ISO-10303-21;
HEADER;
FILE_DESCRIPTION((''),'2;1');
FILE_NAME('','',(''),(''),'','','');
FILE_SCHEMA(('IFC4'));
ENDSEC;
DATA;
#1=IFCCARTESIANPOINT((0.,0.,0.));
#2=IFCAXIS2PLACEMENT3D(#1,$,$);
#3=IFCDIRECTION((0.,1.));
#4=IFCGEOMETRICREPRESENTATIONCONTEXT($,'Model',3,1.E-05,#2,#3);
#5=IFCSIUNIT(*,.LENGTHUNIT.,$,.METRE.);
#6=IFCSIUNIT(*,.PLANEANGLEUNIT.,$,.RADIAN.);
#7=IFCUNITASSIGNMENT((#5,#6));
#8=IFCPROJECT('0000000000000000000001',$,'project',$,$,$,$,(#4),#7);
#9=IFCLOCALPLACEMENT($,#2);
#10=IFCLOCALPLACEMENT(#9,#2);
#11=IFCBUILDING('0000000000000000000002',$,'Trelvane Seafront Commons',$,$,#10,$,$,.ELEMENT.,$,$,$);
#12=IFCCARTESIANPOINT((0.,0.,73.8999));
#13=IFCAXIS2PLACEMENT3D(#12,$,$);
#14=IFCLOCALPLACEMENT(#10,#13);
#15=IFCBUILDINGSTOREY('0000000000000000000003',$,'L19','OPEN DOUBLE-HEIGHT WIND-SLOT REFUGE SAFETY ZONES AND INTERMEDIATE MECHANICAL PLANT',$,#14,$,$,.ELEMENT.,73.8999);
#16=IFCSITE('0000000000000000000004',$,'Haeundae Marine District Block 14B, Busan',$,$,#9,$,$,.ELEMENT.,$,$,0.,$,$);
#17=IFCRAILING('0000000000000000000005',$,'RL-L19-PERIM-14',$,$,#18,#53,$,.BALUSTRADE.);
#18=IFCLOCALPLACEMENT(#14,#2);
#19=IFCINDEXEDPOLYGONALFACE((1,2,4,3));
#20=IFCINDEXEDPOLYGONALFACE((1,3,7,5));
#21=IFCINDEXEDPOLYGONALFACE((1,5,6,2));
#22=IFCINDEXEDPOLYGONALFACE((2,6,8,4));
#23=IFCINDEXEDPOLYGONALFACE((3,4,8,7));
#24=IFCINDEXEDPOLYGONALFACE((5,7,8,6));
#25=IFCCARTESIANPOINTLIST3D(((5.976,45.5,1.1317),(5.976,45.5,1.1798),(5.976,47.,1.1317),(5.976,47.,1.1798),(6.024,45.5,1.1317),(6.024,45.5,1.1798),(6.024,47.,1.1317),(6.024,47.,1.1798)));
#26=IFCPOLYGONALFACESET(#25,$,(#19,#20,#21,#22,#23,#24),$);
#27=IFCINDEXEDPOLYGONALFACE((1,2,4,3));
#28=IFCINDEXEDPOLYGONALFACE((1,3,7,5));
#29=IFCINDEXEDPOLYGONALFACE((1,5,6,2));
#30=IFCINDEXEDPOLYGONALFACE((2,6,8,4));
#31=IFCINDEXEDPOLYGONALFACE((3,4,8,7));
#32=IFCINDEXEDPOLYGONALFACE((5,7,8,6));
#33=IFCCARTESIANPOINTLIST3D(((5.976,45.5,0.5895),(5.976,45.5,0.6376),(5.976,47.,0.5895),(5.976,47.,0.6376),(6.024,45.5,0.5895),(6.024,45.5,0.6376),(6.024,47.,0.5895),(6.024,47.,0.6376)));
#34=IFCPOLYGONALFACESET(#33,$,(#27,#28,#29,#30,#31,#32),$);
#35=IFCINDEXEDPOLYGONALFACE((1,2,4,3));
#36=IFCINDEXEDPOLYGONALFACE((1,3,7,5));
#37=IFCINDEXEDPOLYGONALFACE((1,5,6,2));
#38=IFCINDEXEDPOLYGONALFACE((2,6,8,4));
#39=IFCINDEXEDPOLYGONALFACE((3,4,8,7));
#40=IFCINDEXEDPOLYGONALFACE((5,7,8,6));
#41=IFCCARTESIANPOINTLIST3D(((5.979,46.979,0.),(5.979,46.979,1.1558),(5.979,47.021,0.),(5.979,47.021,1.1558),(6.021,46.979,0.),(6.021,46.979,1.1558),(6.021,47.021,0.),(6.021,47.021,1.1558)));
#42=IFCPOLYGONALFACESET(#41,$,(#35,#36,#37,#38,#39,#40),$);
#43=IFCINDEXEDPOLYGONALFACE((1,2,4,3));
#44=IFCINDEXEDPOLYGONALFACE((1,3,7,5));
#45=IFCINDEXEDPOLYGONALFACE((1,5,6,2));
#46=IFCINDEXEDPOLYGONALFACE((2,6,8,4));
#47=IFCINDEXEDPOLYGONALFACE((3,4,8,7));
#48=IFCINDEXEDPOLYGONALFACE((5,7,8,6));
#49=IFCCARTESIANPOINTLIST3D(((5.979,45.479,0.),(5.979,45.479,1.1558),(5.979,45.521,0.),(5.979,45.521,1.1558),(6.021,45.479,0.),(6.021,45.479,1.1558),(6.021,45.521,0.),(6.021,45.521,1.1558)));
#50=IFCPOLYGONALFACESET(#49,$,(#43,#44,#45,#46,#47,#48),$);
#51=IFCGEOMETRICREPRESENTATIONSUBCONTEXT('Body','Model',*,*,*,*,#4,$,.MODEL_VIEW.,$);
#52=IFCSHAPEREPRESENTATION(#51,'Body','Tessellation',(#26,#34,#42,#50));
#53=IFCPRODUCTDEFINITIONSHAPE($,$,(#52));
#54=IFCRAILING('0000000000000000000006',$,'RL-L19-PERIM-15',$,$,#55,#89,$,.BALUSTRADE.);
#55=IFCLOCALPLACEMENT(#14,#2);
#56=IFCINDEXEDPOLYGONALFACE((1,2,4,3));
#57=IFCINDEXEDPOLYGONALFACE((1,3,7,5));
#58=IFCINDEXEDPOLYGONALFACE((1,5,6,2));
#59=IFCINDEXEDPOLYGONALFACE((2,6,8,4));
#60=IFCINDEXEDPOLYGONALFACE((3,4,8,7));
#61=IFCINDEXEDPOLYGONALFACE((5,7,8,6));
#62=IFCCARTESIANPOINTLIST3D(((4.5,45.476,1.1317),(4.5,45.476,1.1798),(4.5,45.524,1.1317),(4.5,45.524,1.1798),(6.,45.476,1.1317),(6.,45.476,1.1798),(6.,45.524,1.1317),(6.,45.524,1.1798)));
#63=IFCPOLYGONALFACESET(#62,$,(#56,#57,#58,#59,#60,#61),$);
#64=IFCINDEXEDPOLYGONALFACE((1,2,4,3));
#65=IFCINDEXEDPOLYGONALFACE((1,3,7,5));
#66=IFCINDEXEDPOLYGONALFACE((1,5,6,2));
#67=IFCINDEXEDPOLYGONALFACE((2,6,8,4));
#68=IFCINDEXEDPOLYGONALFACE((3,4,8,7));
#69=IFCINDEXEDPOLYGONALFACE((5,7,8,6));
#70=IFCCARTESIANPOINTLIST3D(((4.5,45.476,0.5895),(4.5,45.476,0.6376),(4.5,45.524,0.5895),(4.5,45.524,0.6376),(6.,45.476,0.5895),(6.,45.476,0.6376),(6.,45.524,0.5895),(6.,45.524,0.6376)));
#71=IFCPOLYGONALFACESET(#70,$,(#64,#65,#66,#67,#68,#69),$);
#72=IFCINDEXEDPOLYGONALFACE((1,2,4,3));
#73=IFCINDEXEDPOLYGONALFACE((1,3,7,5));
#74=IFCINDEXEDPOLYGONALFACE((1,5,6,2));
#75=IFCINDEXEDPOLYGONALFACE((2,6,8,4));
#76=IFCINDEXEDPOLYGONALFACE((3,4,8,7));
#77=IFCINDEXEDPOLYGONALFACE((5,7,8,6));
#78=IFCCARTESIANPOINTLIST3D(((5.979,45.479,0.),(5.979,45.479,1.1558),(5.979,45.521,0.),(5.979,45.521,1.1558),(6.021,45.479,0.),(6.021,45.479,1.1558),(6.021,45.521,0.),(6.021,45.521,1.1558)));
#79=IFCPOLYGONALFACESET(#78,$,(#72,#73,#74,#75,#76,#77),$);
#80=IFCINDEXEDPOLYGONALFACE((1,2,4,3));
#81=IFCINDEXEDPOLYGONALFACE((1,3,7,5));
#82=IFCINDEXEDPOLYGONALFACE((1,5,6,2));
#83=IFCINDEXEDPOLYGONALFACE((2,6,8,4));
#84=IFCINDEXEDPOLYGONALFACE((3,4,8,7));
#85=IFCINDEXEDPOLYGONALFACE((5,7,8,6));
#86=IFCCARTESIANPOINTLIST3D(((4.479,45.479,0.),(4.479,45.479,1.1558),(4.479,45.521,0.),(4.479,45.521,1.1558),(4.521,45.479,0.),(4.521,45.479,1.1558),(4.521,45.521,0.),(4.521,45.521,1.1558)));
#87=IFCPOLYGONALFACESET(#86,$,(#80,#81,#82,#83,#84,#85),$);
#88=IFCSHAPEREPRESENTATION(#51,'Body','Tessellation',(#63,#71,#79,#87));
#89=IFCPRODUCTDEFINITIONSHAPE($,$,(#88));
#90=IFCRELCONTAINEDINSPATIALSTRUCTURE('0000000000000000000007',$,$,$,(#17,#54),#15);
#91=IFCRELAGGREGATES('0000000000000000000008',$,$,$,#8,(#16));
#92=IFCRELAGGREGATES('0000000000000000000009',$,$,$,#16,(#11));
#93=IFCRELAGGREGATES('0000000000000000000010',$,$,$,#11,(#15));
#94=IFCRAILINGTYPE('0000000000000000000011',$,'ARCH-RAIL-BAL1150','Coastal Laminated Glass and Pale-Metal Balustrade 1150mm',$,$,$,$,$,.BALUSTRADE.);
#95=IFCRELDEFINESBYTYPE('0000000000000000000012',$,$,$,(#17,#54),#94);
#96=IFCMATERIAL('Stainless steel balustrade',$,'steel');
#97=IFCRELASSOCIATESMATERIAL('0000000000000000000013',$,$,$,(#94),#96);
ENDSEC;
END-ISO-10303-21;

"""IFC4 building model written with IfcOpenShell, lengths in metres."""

from ifc_helpers import new_model, si_unit, direction, frame, origin, origin_2d, place, context, subcontext, project, spatial, rectangle, extrude, material, type_object, element, save


model = new_model("IFC4")

# Units and contexts
model_context = context("Model", 3, precision=1e-05, world=origin(), true_north=direction((0.0, 1.0)))
body_context = subcontext(model_context, "Body", "Model", "MODEL_VIEW")
ifc_project = project(units=[si_unit("LENGTHUNIT", "METRE"), si_unit("PLANEANGLEUNIT", "RADIAN")], contexts=[model_context])

# Site, building, storey
site_placement = place(None, origin())
site = spatial("IfcSite", under=ifc_project, at=site_placement, Name="Haeundae Marine District Block 14B, Busan", CompositionType="ELEMENT", RefElevation=0.0)
building_placement = place(site_placement, origin())
building = spatial("IfcBuilding", under=site, at=building_placement, Name="Trelvane Seafront Commons", CompositionType="ELEMENT")
storey_placement = place(building_placement, frame((0.0, 0.0, 73.8999)))
storey = spatial("IfcBuildingStorey", under=building, at=storey_placement, Name="L19", Description="OPEN DOUBLE-HEIGHT WIND-SLOT REFUGE SAFETY ZONES AND INTERMEDIATE MECHANICAL PLANT", CompositionType="ELEMENT", Elevation=73.8999)

# Railings
ifc_material_1 = material(Name="Stainless steel balustrade", Category="steel")
railing_type_1 = type_object("IfcRailingType", Name="ARCH-RAIL-BAL1150", Description="Coastal Laminated Glass and Pale-Metal Balustrade 1150mm", PredefinedType="BALUSTRADE", material=ifc_material_1)
railing_1_placement = place(storey_placement, frame((6.0, 47.0, 0.0)))
element("IfcRailing", 1, at=railing_1_placement, inside=storey, type_object=railing_type_1, Name="RL-L19-PERIM-14", PredefinedType="BALUSTRADE", context=body_context, shape_type="SweptSolid", body=[
    extrude(rectangle(XDim=0.0481, YDim=0.0481, at=origin_2d()), frame((0.0, 0.0, 1.1558), z_axis=(0.0, -1.0, 0.0), x_axis=(1.0, 0.0, 0.0)), (0.0, 0.0, 1.0), 1.5),
    extrude(rectangle(XDim=0.0481, YDim=0.0481, at=origin_2d()), frame((0.0, 0.0, 0.6135), z_axis=(0.0, -1.0, 0.0), x_axis=(1.0, 0.0, 0.0)), (0.0, 0.0, 1.0), 1.5),
    extrude(rectangle(XDim=0.042, YDim=0.042, at=origin_2d()), origin(), (0.0, 0.0, 1.0), 1.1558),
    extrude(rectangle(XDim=0.042, YDim=0.042, at=origin_2d()), frame((0.0, -1.5, 0.0)), (0.0, 0.0, 1.0), 1.1558),
])
railing_2_placement = place(storey_placement, frame((6.0, 45.5, 0.0)))
element("IfcRailing", 2, at=railing_2_placement, inside=storey, type_object=railing_type_1, Name="RL-L19-PERIM-15", PredefinedType="BALUSTRADE", context=body_context, shape_type="SweptSolid", body=[
    extrude(rectangle(XDim=0.0481, YDim=0.0481, at=origin_2d()), frame((0.0, 0.0, 1.1558), z_axis=(-1.0, 0.0, 0.0), x_axis=(0.0, -1.0, 0.0)), (0.0, 0.0, 1.0), 1.5),
    extrude(rectangle(XDim=0.0481, YDim=0.0481, at=origin_2d()), frame((0.0, 0.0, 0.6135), z_axis=(-1.0, 0.0, 0.0), x_axis=(0.0, -1.0, 0.0)), (0.0, 0.0, 1.0), 1.5),
    extrude(rectangle(XDim=0.042, YDim=0.042, at=origin_2d()), origin(), (0.0, 0.0, 1.0), 1.1558),
    extrude(rectangle(XDim=0.042, YDim=0.042, at=origin_2d()), frame((-1.5, 0.0, 0.0)), (0.0, 0.0, 1.0), 1.1558),
])

save(model, "model.ifc")
